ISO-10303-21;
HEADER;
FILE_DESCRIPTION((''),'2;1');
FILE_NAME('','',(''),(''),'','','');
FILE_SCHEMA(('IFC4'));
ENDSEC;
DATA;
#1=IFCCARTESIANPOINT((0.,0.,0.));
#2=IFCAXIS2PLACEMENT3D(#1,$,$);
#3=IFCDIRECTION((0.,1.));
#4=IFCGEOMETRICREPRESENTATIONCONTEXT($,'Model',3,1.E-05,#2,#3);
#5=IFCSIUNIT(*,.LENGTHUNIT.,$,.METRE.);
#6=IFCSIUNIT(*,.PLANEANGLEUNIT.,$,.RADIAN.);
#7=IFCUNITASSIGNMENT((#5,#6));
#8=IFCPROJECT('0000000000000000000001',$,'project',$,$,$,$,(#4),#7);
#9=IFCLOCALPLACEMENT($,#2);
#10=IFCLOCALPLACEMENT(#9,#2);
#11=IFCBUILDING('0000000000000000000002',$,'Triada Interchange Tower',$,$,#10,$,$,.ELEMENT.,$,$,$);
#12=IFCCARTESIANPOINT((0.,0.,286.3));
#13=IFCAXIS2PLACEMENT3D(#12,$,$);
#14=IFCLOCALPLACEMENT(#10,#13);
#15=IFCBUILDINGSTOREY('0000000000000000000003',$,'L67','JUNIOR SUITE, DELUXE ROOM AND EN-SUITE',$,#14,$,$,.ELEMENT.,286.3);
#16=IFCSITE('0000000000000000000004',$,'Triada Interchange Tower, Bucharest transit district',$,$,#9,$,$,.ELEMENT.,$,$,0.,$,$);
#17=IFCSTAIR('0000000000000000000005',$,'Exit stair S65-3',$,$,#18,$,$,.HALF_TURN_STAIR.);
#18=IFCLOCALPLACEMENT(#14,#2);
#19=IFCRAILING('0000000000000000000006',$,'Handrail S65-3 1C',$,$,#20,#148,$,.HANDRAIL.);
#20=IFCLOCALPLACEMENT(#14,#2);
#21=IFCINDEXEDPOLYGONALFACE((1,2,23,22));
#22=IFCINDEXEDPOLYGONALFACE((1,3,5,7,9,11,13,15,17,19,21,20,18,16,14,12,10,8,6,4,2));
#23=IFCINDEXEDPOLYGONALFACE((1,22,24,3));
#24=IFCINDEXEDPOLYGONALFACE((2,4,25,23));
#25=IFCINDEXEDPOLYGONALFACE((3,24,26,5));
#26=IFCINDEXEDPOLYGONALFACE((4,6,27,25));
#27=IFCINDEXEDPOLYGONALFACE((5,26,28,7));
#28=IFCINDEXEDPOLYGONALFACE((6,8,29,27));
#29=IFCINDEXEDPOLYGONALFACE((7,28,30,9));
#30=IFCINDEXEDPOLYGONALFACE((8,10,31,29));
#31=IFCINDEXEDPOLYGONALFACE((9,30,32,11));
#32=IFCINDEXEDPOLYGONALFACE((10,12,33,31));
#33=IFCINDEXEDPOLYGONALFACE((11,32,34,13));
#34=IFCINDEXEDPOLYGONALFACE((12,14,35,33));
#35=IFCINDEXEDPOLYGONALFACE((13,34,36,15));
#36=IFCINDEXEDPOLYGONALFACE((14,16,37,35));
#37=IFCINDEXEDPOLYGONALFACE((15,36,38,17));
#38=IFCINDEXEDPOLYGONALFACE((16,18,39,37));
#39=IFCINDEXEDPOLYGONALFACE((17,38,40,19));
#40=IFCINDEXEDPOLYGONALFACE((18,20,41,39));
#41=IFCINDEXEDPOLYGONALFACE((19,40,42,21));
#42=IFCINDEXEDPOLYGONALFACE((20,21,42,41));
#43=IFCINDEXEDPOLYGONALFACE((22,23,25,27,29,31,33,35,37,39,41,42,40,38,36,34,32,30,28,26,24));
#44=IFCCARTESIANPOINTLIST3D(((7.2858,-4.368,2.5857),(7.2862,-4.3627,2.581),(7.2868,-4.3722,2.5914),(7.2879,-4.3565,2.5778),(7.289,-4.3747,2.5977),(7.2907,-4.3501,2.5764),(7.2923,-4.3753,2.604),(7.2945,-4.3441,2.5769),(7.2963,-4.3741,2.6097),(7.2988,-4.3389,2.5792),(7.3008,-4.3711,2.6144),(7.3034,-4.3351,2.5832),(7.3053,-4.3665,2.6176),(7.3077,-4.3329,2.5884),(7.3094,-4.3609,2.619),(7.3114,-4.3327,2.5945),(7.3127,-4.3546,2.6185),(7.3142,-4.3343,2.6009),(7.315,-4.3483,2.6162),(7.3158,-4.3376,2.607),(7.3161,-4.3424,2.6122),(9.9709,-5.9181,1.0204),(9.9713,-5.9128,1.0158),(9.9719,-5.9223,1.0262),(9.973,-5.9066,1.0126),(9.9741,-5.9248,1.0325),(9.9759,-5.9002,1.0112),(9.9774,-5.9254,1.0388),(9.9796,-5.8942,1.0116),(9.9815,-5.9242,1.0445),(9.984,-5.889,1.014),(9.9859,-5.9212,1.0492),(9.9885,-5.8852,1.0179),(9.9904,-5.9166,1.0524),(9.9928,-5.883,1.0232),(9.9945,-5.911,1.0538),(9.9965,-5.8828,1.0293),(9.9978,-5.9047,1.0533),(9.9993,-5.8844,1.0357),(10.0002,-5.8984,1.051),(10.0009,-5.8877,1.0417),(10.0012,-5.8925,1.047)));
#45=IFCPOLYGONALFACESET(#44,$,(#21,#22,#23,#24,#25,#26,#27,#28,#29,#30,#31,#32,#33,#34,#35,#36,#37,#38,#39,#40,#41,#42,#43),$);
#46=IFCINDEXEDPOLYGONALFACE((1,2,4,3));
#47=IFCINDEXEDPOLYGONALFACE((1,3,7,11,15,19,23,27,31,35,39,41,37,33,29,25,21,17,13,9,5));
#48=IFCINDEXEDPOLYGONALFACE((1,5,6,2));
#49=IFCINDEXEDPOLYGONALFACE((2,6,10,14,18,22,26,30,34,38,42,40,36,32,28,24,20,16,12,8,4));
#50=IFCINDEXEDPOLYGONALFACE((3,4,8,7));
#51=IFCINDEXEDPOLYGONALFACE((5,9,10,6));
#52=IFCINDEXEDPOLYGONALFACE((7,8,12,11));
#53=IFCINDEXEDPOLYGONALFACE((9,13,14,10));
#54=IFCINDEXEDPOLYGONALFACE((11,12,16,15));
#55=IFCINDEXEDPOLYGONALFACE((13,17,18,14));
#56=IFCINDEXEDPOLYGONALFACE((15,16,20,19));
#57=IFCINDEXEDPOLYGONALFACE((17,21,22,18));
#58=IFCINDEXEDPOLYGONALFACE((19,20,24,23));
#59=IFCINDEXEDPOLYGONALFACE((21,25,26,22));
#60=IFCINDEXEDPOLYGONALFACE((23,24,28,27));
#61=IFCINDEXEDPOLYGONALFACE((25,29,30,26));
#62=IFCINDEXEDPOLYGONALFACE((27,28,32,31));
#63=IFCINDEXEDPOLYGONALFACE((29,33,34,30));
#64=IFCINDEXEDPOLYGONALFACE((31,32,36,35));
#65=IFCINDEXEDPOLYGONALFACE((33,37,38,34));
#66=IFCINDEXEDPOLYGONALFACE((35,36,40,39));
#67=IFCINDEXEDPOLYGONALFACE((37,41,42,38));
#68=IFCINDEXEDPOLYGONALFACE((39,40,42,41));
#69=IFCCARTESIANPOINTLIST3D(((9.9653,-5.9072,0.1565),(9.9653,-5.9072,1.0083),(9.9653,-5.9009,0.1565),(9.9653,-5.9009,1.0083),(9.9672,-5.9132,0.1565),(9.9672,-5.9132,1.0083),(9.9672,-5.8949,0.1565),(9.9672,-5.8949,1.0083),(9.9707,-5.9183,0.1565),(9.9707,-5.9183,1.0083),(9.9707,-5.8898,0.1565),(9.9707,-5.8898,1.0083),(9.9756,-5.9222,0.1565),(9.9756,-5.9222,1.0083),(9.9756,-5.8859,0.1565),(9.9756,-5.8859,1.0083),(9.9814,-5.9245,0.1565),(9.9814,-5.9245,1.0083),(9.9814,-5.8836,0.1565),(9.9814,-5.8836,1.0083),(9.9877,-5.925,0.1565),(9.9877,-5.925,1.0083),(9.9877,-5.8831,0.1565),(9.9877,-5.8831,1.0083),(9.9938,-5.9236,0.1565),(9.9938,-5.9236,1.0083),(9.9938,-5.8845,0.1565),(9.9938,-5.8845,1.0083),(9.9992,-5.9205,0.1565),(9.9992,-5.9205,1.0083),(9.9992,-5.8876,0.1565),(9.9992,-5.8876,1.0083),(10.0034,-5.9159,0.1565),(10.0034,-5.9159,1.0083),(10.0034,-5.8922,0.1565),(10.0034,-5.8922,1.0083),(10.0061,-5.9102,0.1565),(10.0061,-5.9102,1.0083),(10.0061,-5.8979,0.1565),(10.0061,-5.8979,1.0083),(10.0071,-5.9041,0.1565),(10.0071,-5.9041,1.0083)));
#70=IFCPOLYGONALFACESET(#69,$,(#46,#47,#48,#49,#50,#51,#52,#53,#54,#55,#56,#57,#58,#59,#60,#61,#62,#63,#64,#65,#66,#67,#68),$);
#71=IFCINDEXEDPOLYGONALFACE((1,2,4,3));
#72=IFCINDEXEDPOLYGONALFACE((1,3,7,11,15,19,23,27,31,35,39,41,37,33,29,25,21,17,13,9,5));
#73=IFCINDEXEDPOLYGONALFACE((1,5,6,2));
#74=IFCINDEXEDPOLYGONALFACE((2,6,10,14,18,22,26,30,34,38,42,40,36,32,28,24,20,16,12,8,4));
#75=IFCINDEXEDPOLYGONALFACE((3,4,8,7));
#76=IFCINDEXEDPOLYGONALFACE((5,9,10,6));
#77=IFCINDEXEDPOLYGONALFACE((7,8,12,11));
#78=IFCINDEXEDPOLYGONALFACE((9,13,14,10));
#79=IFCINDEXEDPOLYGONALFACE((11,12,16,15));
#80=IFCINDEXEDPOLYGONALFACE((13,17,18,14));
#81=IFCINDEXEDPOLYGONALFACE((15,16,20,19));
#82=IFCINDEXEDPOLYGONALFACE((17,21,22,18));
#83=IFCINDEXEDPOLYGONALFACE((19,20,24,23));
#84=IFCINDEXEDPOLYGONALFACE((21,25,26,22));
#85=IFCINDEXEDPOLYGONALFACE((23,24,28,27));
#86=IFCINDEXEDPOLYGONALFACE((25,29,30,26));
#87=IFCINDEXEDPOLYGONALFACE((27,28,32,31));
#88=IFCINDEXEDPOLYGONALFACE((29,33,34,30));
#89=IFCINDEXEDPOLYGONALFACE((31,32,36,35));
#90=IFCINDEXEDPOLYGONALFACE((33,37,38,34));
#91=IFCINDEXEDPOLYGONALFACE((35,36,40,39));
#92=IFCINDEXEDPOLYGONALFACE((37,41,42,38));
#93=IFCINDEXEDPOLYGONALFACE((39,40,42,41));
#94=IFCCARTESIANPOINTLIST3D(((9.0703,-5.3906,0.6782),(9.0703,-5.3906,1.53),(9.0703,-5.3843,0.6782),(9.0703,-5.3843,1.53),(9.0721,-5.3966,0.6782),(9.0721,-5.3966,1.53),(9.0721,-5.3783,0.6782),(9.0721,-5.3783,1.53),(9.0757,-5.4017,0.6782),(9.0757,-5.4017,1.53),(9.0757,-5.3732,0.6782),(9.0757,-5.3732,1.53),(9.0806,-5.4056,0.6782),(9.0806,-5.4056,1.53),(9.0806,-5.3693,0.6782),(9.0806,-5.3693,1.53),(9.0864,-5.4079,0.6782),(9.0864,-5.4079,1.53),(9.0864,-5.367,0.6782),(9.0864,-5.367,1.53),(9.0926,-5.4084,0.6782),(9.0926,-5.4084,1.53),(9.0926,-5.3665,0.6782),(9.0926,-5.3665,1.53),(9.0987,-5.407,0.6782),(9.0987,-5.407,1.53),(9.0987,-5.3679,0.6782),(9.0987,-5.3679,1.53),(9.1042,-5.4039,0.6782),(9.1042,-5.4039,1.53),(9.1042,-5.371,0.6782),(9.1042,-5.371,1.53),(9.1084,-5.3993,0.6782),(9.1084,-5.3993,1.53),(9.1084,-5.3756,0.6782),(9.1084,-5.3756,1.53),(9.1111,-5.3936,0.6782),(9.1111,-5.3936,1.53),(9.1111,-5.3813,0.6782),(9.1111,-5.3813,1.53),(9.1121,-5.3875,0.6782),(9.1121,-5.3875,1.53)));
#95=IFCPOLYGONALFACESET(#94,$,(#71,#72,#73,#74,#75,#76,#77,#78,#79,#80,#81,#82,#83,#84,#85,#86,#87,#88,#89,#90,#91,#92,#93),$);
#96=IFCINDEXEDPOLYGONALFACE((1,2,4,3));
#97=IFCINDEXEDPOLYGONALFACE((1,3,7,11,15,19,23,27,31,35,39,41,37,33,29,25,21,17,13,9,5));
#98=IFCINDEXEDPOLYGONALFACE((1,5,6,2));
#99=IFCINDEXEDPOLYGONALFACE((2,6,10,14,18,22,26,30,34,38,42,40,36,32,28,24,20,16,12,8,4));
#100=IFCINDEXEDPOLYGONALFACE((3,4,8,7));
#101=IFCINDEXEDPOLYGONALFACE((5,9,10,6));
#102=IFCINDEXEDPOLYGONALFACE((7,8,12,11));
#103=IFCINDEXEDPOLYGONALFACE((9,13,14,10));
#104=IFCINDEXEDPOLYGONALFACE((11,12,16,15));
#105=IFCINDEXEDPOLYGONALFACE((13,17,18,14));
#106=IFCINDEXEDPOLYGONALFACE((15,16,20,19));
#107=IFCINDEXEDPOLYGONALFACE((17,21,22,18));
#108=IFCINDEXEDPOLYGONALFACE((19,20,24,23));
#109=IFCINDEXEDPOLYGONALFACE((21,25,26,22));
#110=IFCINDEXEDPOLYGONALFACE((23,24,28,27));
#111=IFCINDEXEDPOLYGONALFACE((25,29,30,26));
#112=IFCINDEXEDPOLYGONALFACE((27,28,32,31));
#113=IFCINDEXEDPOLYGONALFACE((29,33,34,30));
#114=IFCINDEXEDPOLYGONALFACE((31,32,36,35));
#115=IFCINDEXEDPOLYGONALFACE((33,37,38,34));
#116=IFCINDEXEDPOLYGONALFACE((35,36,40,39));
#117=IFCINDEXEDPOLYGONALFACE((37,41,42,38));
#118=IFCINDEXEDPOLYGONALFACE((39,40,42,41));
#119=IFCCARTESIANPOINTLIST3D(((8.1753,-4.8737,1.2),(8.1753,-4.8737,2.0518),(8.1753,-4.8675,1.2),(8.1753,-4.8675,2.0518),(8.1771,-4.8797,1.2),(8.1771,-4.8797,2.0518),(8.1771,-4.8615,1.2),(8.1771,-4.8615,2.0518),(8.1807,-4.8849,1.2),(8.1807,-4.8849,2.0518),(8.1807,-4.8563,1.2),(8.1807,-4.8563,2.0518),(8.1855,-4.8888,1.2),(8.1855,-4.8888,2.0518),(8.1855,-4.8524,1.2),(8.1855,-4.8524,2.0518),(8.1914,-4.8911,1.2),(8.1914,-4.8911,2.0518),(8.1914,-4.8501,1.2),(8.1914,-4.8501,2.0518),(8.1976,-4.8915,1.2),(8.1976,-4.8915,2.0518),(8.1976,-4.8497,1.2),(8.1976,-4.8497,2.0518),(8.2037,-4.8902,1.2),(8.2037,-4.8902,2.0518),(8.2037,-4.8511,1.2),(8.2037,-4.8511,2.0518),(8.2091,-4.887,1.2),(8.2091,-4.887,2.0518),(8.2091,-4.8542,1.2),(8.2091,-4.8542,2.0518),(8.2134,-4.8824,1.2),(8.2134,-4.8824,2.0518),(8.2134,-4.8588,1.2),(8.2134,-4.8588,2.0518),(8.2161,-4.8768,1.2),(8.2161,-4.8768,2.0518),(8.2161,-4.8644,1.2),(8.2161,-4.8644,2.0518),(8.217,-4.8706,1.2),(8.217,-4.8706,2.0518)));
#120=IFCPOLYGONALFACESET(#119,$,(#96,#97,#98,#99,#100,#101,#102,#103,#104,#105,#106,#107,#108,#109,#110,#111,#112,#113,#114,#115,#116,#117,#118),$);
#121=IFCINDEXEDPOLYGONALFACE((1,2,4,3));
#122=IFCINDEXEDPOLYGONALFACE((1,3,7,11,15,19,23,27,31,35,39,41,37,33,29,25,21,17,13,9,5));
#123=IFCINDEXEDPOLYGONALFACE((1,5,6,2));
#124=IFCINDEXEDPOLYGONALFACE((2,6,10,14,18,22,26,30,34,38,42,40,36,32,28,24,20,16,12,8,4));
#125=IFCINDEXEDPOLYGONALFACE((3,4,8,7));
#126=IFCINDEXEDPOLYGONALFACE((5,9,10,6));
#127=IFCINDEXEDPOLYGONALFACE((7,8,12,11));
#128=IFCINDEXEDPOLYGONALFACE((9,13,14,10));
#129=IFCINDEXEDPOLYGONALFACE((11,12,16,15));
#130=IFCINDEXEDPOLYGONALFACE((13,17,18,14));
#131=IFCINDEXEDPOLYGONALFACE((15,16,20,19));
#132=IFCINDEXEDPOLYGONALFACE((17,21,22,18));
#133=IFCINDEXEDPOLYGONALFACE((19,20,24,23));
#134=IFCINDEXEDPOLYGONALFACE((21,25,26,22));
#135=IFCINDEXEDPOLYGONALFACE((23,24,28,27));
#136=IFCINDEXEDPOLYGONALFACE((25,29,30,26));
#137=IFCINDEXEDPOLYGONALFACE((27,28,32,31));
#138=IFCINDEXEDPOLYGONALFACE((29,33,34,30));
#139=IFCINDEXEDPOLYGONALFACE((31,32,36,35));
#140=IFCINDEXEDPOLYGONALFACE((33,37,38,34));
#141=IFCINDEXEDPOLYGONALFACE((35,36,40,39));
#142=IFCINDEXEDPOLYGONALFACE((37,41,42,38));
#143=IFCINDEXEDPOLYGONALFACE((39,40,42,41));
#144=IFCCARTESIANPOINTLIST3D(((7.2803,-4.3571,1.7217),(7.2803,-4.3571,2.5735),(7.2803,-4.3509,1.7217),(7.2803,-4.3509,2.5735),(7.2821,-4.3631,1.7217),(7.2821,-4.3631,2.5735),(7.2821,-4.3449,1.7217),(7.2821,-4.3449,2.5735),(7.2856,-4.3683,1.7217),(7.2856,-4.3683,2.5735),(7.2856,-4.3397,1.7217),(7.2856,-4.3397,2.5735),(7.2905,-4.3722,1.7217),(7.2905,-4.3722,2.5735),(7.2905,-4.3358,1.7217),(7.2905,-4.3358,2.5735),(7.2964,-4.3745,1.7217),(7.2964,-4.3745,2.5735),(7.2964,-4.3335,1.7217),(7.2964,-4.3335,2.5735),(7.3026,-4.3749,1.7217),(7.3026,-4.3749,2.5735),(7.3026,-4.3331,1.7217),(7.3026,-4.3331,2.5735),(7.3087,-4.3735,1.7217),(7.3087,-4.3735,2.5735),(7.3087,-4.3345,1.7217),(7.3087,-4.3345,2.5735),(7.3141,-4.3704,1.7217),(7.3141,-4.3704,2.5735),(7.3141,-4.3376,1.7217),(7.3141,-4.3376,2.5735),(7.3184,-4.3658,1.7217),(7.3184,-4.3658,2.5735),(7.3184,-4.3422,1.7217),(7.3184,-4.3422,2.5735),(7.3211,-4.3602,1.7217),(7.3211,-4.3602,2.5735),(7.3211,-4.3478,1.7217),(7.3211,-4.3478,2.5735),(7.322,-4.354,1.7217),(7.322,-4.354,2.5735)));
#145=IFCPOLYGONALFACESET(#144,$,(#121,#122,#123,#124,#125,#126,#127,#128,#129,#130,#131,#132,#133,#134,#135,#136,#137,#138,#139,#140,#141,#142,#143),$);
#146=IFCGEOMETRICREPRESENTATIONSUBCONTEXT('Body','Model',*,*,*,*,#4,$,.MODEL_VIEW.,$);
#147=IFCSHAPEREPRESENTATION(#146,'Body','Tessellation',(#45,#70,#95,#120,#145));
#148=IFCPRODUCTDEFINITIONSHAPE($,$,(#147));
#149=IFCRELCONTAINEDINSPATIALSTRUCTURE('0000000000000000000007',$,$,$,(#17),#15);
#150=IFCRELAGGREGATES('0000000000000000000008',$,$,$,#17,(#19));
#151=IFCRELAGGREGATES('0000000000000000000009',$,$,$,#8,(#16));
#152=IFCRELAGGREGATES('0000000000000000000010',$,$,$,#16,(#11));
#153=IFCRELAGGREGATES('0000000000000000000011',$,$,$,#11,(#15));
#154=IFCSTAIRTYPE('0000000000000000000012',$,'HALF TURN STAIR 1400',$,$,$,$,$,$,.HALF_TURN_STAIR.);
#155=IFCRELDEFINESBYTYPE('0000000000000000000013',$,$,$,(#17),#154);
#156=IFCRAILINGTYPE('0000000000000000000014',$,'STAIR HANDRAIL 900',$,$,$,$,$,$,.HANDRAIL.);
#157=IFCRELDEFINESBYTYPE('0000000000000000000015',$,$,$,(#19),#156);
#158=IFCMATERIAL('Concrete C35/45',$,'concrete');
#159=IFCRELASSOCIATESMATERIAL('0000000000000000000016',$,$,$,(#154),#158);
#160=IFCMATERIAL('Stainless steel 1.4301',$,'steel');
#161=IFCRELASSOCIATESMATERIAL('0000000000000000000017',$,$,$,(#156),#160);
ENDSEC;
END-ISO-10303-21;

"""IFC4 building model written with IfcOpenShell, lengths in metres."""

from ifc_helpers import new_model, si_unit, direction, frame, origin, origin_2d, place, context, subcontext, project, spatial, circle, extrude, material, type_object, element, aggregate, save


model = new_model("IFC4")

# Units and contexts
model_context = context("Model", 3, precision=1e-05, world=origin(), true_north=direction((0.0, 1.0)))
body_context = subcontext(model_context, "Body", "Model", "MODEL_VIEW")
ifc_project = project(units=[si_unit("LENGTHUNIT", "METRE"), si_unit("PLANEANGLEUNIT", "RADIAN")], contexts=[model_context])

# Site, building, storey
site_placement = place(None, origin())
site = spatial("IfcSite", under=ifc_project, at=site_placement, Name="Triada Interchange Tower, Bucharest transit district", CompositionType="ELEMENT", RefElevation=0.0)
building_placement = place(site_placement, origin())
building = spatial("IfcBuilding", under=site, at=building_placement, Name="Triada Interchange Tower", CompositionType="ELEMENT")
storey_placement = place(building_placement, frame((0.0, 0.0, 286.3)))
storey = spatial("IfcBuildingStorey", under=building, at=storey_placement, Name="L67", Description="JUNIOR SUITE, DELUXE ROOM AND EN-SUITE", CompositionType="ELEMENT", Elevation=286.3)

# Stair, railing
ifc_material_1 = material(Name="Concrete C35/45", Category="concrete")
stair_type = type_object("IfcStairType", Name="HALF TURN STAIR 1400", PredefinedType="HALF_TURN_STAIR", material=ifc_material_1)
stair_placement = place(storey_placement, origin())
stair = element("IfcStair", 1, at=stair_placement, inside=storey, type_object=stair_type, Name="Exit stair S65-3", PredefinedType="HALF_TURN_STAIR")
ifc_material_2 = material(Name="Stainless steel 1.4301", Category="steel")
railing_type = type_object("IfcRailingType", Name="STAIR HANDRAIL 900", PredefinedType="HANDRAIL", material=ifc_material_2)
railing_1_placement = place(storey_placement, frame((9.9861, -5.9041, 0.1565)))
railing_1 = element("IfcRailing", 2, at=railing_1_placement, type_object=railing_type, Name="Handrail S65-3 1C", PredefinedType="HANDRAIL", context=body_context, shape_type="SweptSolid", body=[
    extrude(circle(Radius=0.0239, at=origin_2d()), frame((0.0, 0.0, 0.876), z_axis=(-0.773115, 0.446309, 0.450667), x_axis=(-0.499959, -0.866049, 0.0)), (0.0, 0.0, 1.0), 3.4731),
    extrude(circle(Radius=0.021, at=origin_2d()), origin(), (0.0, 0.0, 1.0), 0.8518),
    extrude(circle(Radius=0.021, at=origin_2d()), frame((-0.895, 0.5166, 0.5217)), (0.0, 0.0, 1.0), 0.8518),
    extrude(circle(Radius=0.021, at=origin_2d()), frame((-1.79, 1.0334, 1.0435)), (0.0, 0.0, 1.0), 0.8518),
    extrude(circle(Radius=0.021, at=origin_2d()), frame((-2.6851, 1.55, 1.5652)), (0.0, 0.0, 1.0), 0.8518),
])
aggregate(stair, [railing_1])

save(model, "model.ifc")
